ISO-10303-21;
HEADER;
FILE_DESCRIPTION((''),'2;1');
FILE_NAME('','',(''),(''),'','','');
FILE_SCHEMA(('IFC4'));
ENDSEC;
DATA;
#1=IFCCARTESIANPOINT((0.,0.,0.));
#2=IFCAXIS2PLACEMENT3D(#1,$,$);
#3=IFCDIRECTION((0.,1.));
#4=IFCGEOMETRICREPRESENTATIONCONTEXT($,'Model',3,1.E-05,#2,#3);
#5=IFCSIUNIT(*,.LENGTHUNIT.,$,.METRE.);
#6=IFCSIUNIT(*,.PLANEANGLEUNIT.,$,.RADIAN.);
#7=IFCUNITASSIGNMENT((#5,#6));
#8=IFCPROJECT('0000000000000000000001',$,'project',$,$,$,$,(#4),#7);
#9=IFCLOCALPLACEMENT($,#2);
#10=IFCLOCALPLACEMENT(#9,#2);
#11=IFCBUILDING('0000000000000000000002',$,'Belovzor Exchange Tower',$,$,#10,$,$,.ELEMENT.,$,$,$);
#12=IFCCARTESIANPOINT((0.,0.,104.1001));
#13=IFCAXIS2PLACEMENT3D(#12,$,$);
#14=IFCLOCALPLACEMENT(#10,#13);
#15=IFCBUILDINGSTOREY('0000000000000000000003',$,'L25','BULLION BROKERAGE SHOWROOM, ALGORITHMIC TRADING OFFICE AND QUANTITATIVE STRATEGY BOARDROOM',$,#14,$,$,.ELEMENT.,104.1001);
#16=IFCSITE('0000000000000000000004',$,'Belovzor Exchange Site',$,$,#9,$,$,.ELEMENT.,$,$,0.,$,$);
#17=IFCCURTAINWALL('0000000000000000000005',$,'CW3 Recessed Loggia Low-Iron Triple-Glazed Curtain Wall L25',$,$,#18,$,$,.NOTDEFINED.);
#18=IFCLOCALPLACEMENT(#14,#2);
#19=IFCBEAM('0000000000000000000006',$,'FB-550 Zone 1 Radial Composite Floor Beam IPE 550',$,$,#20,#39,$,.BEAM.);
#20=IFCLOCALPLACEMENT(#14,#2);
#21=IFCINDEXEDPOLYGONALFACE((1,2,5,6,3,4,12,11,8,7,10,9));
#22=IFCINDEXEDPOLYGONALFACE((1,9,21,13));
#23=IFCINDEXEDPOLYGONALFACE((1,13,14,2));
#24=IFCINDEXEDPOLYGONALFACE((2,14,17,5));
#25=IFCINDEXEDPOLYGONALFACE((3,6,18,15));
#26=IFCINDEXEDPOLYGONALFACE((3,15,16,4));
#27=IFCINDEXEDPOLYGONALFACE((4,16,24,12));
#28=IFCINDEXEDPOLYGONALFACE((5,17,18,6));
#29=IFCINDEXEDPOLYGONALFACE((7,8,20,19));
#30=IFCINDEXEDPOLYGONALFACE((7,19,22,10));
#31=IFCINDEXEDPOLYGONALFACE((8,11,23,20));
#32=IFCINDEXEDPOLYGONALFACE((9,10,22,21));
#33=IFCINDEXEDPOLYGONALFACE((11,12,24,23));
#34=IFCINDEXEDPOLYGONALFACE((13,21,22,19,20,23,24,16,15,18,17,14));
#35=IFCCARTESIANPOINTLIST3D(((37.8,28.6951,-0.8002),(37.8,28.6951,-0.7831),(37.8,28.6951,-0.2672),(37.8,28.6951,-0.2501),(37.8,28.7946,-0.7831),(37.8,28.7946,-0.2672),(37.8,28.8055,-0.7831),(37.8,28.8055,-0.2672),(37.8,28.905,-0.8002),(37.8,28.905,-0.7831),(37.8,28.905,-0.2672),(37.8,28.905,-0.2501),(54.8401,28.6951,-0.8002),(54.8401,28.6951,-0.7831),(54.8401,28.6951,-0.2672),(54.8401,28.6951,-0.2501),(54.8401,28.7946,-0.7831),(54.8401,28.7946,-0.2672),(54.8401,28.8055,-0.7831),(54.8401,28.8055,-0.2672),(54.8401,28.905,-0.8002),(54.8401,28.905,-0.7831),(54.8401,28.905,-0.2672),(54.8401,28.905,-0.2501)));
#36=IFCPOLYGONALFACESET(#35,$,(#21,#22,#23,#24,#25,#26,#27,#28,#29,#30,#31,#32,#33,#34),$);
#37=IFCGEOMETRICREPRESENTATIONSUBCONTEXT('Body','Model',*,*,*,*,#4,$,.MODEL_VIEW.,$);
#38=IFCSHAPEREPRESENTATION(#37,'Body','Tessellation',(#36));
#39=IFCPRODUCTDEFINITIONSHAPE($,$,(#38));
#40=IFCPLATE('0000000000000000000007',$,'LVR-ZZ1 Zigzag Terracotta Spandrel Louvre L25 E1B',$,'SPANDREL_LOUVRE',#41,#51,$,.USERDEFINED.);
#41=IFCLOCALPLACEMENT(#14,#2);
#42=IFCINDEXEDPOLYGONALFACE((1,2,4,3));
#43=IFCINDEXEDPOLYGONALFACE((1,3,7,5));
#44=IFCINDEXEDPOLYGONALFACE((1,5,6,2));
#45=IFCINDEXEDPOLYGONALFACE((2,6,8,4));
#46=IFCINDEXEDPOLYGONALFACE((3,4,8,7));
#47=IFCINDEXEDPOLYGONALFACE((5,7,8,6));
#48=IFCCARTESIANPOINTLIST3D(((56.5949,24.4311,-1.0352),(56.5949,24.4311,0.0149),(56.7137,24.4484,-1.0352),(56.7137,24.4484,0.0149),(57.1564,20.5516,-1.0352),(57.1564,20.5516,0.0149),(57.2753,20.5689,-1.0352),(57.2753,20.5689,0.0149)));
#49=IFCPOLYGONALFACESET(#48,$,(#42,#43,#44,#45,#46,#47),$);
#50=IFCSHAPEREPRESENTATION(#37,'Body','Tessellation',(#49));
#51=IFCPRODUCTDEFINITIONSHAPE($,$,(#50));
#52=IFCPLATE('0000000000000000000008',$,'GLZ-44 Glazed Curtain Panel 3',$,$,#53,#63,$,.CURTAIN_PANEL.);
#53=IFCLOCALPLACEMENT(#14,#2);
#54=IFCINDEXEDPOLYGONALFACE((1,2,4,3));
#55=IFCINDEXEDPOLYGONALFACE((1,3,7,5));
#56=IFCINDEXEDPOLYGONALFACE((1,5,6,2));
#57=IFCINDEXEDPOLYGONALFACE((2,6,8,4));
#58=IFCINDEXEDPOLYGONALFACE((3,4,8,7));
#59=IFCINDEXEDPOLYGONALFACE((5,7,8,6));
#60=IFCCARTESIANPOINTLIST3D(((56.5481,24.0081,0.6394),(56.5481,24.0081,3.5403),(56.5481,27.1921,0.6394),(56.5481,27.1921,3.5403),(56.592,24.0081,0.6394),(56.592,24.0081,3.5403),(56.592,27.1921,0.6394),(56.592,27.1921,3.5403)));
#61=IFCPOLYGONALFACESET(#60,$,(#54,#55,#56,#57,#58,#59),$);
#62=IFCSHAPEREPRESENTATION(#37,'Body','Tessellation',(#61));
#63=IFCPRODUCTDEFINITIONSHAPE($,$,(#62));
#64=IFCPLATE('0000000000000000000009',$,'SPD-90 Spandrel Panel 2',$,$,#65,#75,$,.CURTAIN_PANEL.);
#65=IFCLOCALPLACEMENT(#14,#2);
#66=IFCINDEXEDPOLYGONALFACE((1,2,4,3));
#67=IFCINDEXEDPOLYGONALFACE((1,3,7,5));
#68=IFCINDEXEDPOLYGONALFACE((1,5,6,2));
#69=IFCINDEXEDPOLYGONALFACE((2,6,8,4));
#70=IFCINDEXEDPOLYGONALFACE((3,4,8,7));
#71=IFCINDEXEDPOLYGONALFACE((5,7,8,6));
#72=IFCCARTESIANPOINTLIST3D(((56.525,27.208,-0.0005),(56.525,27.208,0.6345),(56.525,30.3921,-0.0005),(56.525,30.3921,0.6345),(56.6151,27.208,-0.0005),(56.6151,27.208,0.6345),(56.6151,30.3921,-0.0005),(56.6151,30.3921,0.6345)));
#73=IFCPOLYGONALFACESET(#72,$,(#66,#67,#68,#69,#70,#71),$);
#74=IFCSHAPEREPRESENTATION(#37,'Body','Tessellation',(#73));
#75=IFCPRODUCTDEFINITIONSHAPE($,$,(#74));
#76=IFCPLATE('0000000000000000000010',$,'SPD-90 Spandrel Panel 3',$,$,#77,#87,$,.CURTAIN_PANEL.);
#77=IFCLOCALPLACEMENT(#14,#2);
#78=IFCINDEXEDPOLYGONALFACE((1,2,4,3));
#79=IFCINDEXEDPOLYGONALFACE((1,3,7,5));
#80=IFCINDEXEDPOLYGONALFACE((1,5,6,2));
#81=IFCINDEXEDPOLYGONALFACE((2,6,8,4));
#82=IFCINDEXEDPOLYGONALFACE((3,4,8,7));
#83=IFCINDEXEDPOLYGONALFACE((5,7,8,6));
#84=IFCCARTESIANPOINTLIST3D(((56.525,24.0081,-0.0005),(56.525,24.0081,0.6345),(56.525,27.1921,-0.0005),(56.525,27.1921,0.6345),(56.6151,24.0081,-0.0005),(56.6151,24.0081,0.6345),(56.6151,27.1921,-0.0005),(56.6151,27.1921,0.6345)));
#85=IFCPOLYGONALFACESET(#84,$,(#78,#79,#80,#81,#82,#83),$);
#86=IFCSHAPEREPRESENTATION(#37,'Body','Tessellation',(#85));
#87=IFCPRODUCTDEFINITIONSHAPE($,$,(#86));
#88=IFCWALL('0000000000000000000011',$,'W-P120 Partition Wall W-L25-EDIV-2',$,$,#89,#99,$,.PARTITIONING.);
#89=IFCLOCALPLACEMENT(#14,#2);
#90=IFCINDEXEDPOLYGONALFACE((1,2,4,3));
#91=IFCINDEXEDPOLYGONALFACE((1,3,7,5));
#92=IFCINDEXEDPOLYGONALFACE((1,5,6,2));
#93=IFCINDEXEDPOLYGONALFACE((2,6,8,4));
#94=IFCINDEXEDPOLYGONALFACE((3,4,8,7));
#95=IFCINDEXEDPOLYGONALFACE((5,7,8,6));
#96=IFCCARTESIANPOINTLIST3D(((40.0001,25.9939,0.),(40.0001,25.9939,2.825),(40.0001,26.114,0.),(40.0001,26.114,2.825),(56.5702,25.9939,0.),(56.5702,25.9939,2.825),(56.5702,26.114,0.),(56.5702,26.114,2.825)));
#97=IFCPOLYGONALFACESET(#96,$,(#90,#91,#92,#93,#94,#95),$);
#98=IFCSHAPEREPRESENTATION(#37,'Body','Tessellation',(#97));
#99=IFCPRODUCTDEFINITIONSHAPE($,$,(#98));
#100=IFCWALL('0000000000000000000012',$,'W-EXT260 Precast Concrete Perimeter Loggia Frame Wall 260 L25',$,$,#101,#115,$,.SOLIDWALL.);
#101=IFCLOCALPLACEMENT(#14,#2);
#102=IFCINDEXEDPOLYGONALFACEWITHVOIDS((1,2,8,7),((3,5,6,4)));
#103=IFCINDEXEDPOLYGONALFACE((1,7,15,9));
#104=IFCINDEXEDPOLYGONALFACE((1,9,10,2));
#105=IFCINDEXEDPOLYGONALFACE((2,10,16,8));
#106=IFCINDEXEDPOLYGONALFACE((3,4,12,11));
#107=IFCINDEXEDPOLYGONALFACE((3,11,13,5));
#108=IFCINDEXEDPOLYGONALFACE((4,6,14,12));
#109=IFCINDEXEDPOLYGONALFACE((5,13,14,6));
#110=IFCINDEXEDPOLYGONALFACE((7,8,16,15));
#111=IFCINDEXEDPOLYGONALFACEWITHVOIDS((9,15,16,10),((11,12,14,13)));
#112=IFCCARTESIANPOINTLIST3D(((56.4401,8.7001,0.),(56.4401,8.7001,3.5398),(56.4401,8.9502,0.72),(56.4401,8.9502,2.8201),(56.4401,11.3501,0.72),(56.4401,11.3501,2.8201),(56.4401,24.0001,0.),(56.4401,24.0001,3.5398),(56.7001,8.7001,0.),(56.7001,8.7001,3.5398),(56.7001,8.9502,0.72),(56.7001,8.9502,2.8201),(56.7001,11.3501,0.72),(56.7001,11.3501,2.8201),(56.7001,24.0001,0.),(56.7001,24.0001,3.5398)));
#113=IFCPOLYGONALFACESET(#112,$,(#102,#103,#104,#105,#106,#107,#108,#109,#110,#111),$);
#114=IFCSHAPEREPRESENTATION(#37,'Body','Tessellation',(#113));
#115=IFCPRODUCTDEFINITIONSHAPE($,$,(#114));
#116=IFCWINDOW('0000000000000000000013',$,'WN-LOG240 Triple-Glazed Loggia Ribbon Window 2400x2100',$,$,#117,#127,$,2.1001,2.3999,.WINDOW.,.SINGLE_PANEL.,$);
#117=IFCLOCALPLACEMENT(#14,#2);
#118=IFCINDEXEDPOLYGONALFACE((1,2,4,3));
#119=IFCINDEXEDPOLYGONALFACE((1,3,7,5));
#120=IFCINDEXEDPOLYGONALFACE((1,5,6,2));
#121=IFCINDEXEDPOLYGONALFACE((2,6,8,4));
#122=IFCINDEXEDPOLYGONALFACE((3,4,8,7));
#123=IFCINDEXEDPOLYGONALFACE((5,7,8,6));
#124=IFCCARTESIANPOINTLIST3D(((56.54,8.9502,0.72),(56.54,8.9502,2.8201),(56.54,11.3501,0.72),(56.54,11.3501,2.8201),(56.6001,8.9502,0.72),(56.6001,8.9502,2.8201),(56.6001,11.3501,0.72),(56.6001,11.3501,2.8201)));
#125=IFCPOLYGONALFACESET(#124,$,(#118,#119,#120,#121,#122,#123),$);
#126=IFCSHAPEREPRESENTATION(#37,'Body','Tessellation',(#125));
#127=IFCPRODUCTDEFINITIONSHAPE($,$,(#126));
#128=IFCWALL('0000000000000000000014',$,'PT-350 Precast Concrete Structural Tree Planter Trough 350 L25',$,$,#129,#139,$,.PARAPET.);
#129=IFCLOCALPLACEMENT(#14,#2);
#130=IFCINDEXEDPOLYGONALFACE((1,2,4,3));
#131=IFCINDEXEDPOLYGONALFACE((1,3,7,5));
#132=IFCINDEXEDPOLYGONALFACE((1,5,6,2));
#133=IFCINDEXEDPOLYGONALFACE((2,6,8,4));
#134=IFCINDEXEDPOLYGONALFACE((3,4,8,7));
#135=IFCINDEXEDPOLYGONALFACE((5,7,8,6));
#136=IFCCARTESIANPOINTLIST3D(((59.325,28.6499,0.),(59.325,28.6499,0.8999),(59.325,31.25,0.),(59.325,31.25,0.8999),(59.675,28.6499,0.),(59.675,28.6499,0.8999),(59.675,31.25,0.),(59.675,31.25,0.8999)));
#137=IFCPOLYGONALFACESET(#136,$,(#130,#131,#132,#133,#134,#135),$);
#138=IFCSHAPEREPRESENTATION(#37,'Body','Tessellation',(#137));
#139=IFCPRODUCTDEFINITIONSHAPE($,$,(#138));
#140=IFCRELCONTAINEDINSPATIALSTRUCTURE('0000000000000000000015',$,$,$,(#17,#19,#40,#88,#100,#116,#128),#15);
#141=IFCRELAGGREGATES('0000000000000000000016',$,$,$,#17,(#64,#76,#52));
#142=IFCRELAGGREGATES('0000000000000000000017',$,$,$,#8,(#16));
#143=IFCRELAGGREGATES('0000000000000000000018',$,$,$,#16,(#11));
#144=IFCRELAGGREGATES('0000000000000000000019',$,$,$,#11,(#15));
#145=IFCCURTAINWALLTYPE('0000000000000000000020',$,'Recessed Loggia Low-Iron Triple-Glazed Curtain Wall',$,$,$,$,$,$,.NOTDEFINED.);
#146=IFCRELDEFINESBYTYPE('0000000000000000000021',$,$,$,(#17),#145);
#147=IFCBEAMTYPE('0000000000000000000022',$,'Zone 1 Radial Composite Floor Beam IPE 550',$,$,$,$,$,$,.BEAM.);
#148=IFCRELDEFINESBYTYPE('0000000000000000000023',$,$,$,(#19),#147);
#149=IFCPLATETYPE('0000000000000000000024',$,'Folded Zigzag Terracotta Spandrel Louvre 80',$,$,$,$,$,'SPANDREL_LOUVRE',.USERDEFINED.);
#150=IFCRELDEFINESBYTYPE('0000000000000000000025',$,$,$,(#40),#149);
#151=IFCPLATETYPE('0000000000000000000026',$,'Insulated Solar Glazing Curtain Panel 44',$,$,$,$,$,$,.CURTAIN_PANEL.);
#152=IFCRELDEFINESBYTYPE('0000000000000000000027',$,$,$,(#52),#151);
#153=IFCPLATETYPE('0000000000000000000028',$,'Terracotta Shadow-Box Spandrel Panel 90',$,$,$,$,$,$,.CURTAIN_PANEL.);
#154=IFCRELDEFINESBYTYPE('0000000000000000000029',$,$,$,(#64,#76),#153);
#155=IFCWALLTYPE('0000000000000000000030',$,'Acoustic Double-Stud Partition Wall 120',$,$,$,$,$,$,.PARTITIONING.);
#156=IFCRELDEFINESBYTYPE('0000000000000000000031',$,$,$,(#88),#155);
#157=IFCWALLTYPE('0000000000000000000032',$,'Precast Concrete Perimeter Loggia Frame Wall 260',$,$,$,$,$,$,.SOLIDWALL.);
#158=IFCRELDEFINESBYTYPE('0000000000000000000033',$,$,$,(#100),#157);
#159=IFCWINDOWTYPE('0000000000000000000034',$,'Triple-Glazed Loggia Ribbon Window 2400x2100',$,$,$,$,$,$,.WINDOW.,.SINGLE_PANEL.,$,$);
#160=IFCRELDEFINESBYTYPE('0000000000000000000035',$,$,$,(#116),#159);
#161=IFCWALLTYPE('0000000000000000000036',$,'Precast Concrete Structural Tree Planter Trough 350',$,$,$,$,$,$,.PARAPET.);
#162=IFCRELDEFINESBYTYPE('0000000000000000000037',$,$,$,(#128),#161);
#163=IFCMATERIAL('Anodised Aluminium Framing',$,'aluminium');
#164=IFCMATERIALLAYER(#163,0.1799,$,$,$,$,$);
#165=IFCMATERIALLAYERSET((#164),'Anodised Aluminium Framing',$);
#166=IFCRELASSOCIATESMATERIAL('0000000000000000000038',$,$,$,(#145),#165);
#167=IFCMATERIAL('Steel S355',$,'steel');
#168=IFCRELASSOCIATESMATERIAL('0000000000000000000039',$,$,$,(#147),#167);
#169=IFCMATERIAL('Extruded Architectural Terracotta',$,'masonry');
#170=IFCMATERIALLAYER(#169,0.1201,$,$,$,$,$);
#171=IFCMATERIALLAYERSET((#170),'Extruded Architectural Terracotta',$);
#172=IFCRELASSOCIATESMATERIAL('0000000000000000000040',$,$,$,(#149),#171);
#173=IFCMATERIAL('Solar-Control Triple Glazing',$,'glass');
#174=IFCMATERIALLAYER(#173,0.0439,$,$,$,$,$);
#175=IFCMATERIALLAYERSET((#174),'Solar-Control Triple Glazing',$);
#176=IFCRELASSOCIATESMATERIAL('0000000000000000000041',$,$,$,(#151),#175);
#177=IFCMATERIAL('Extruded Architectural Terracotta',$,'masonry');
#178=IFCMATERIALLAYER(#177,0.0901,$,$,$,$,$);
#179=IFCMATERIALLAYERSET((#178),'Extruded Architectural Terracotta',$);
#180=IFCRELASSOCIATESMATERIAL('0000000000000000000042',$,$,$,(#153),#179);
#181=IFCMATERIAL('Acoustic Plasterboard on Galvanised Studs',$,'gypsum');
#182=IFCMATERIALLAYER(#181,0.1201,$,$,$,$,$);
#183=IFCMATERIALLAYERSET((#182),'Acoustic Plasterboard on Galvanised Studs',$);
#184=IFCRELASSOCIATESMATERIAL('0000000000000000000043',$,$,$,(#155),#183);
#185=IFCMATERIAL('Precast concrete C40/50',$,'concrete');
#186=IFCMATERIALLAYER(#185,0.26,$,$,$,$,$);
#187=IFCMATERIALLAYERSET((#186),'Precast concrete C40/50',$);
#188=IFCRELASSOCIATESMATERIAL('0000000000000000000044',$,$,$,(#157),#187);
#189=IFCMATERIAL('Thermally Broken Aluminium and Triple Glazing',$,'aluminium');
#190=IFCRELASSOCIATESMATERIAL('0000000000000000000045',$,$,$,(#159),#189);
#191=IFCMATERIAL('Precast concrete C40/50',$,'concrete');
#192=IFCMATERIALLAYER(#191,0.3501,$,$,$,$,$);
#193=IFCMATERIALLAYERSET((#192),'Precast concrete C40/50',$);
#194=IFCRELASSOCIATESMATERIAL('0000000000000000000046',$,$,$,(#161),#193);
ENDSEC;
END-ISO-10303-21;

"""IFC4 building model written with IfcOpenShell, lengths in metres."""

from ifc_helpers import new_model, si_unit, direction, frame, frame_2d, origin, origin_2d, place, context, subcontext, project, spatial, rectangle, i_section, extrude, material, layer, layer_set, material_profile, profile_set, type_object, element, fill, aggregate, save


model = new_model("IFC4")

# Units and contexts
model_context = context("Model", 3, precision=1e-05, world=origin(), true_north=direction((0.0, 1.0)))
body_context = subcontext(model_context, "Body", "Model", "MODEL_VIEW")
ifc_project = project(units=[si_unit("LENGTHUNIT", "METRE"), si_unit("PLANEANGLEUNIT", "RADIAN")], contexts=[model_context])

# Site, building, storey
site_placement = place(None, origin())
site = spatial("IfcSite", under=ifc_project, at=site_placement, Name="Belovzor Exchange Site", CompositionType="ELEMENT", RefElevation=0.0)
building_placement = place(site_placement, origin())
building = spatial("IfcBuilding", under=site, at=building_placement, Name="Belovzor Exchange Tower", CompositionType="ELEMENT")
storey_placement = place(building_placement, frame((0.0, 0.0, 104.1001)))
storey = spatial("IfcBuildingStorey", under=building, at=storey_placement, Name="L25", Description="BULLION BROKERAGE SHOWROOM, ALGORITHMIC TRADING OFFICE AND QUANTITATIVE STRATEGY BOARDROOM", CompositionType="ELEMENT", Elevation=104.1001)

# Curtain wall
ifc_material_1 = material(Name="Anodised Aluminium Framing", Category="aluminium")
ifc_layer_1 = layer(ifc_material_1, 0.1799)
ifc_layer_set_1 = layer_set([ifc_layer_1], Name="Anodised Aluminium Framing")
curtain_wall_type = type_object("IfcCurtainWallType", Name="Recessed Loggia Low-Iron Triple-Glazed Curtain Wall", PredefinedType="NOTDEFINED", material=ifc_layer_set_1)
curtain_wall_placement = place(storey_placement, origin())
curtain_wall = element("IfcCurtainWall", 1, at=curtain_wall_placement, inside=storey, type_object=curtain_wall_type, Name="CW3 Recessed Loggia Low-Iron Triple-Glazed Curtain Wall L25", PredefinedType="NOTDEFINED")

# Beam
ifc_material_2 = material(Name="Steel S355", Category="steel")
ifc_material_profile_1 = material_profile(ifc_material_2, i_section(OverallWidth=0.21, OverallDepth=0.55, WebThickness=0.011, FlangeThickness=0.0171, at=origin_2d()))
ifc_profile_set_1 = profile_set([ifc_material_profile_1], Name="Steel S355")
beam_type_1 = type_object("IfcBeamType", Name="Zone 1 Radial Composite Floor Beam IPE 550", PredefinedType="BEAM", material=ifc_profile_set_1)
beam_1_placement = place(storey_placement, frame((37.8, 28.8, -0.5251), z_axis=(1.0, 0.0, 0.0), x_axis=(0.0, 1.0, 0.0)))
element("IfcBeam", 2, at=beam_1_placement, inside=storey, type_object=beam_type_1, Name="FB-550 Zone 1 Radial Composite Floor Beam IPE 550", PredefinedType="BEAM", context=body_context, shape_type="SweptSolid", body=[
    extrude(i_section(OverallWidth=0.21, OverallDepth=0.55, WebThickness=0.011, FlangeThickness=0.0171, at=origin_2d()), origin(), (0.0, 0.0, 1.0), 17.04),
])

# Plates
ifc_material_3 = material(Name="Extruded Architectural Terracotta", Category="masonry")
ifc_layer_2 = layer(ifc_material_3, 0.1201)
ifc_layer_set_2 = layer_set([ifc_layer_2], Name="Extruded Architectural Terracotta")
plate_type_1 = type_object("IfcPlateType", Name="Folded Zigzag Terracotta Spandrel Louvre 80", ElementType="SPANDREL_LOUVRE", PredefinedType="USERDEFINED", material=ifc_layer_set_2)
plate_1_placement = place(storey_placement, frame((56.9351, 22.5, -1.0352), z_axis=(0.0, 0.0, 1.0), x_axis=(-0.143251, 0.989686, 0.0)))
element("IfcPlate", 3, at=plate_1_placement, inside=storey, type_object=plate_type_1, Name="LVR-ZZ1 Zigzag Terracotta Spandrel Louvre L25 E1B", ObjectType="SPANDREL_LOUVRE", PredefinedType="USERDEFINED", context=body_context, shape_type="SweptSolid", body=[
    extrude(rectangle(XDim=3.9199, YDim=0.1201, at=origin_2d()), origin(), (0.0, 0.0, 1.0), 1.05),
])
ifc_material_4 = material(Name="Solar-Control Triple Glazing", Category="glass")
ifc_layer_3 = layer(ifc_material_4, 0.0439)
ifc_layer_set_3 = layer_set([ifc_layer_3], Name="Solar-Control Triple Glazing")
plate_type_2 = type_object("IfcPlateType", Name="Insulated Solar Glazing Curtain Panel 44", PredefinedType="CURTAIN_PANEL", material=ifc_layer_set_3)
plate_2_placement = place(storey_placement, frame((56.5701, 25.6001, 0.6394), z_axis=(0.0, 0.0, 1.0), x_axis=(0.0, -1.0, 0.0)))
plate_2 = element("IfcPlate", 4, at=plate_2_placement, type_object=plate_type_2, Name="GLZ-44 Glazed Curtain Panel 3", PredefinedType="CURTAIN_PANEL", context=body_context, shape_type="SweptSolid", body=[
    extrude(rectangle(XDim=3.1841, YDim=0.0439, at=origin_2d()), origin(), (0.0, 0.0, 1.0), 2.9009),
])
ifc_material_5 = material(Name="Extruded Architectural Terracotta", Category="masonry")
ifc_layer_4 = layer(ifc_material_5, 0.0901)
ifc_layer_set_4 = layer_set([ifc_layer_4], Name="Extruded Architectural Terracotta")
plate_type_3 = type_object("IfcPlateType", Name="Terracotta Shadow-Box Spandrel Panel 90", PredefinedType="CURTAIN_PANEL", material=ifc_layer_set_4)
plate_3_placement = place(storey_placement, frame((56.5701, 28.8, -0.0005), z_axis=(0.0, 0.0, 1.0), x_axis=(0.0, -1.0, 0.0)))
plate_3 = element("IfcPlate", 5, at=plate_3_placement, type_object=plate_type_3, Name="SPD-90 Spandrel Panel 2", PredefinedType="CURTAIN_PANEL", context=body_context, shape_type="SweptSolid", body=[
    extrude(rectangle(XDim=3.1841, YDim=0.0901, at=origin_2d()), origin(), (0.0, 0.0, 1.0), 0.635),
])
plate_4_placement = place(storey_placement, frame((56.5701, 25.6001, -0.0005), z_axis=(0.0, 0.0, 1.0), x_axis=(0.0, -1.0, 0.0)))
plate_4 = element("IfcPlate", 6, at=plate_4_placement, type_object=plate_type_3, Name="SPD-90 Spandrel Panel 3", PredefinedType="CURTAIN_PANEL", context=body_context, shape_type="SweptSolid", body=[
    extrude(rectangle(XDim=3.1841, YDim=0.0901, at=origin_2d()), origin(), (0.0, 0.0, 1.0), 0.635),
])
aggregate(curtain_wall, [plate_3, plate_4, plate_2])

# Wall
ifc_material_6 = material(Name="Acoustic Plasterboard on Galvanised Studs", Category="gypsum")
ifc_layer_5 = layer(ifc_material_6, 0.1201)
ifc_layer_set_5 = layer_set([ifc_layer_5], Name="Acoustic Plasterboard on Galvanised Studs")
wall_type_1 = type_object("IfcWallType", Name="Acoustic Double-Stud Partition Wall 120", PredefinedType="PARTITIONING", material=ifc_layer_set_5)
wall_1_placement = place(storey_placement, frame((40.0, 26.054, 0.0), z_axis=(0.0, 0.0, 1.0), x_axis=(1.0, 0.0, 0.0)))
element("IfcWall", 7, at=wall_1_placement, inside=storey, type_object=wall_type_1, Name="W-P120 Partition Wall W-L25-EDIV-2", PredefinedType="PARTITIONING", context=body_context, shape_type="SweptSolid", body=[
    extrude(rectangle(XDim=16.5701, YDim=0.1201, at=frame_2d((8.2852, 0.0))), origin(), (0.0, 0.0, 1.0), 2.825),
])

# Wall, opening, window
ifc_material_7 = material(Name="Precast concrete C40/50", Category="concrete")
ifc_layer_6 = layer(ifc_material_7, 0.26)
ifc_layer_set_6 = layer_set([ifc_layer_6], Name="Precast concrete C40/50")
wall_type_2 = type_object("IfcWallType", Name="Precast Concrete Perimeter Loggia Frame Wall 260", PredefinedType="SOLIDWALL", material=ifc_layer_set_6)
wall_2_placement = place(storey_placement, frame((56.5701, 24.0, 0.0), z_axis=(0.0, 0.0, 1.0), x_axis=(0.0, -1.0, 0.0)))
wall_2 = element("IfcWall", 8, at=wall_2_placement, inside=storey, type_object=wall_type_2, Name="W-EXT260 Precast Concrete Perimeter Loggia Frame Wall 260 L25", PredefinedType="SOLIDWALL", context=body_context, shape_type="SweptSolid", body=[
    extrude(rectangle(XDim=15.3, YDim=0.26, at=frame_2d((7.6499, 0.0))), origin(), (0.0, 0.0, 1.0), 3.5398),
])
opening_placement = place(wall_2_placement, frame((12.6499, 0.0, 0.72)))
opening = element("IfcOpeningElement", 9, at=opening_placement, cuts=wall_2, PredefinedType="OPENING", context=body_context, shape_type="SweptSolid", body=[
    extrude(rectangle(XDim=2.3999, YDim=2.1001, at=frame_2d((1.2, 1.05))), frame((0.0, 0.1399, 0.0), z_axis=(0.0, -1.0, 0.0), x_axis=(1.0, 0.0, 0.0)), (0.0, 0.0, 1.0), 0.28),
])
ifc_material_8 = material(Name="Thermally Broken Aluminium and Triple Glazing", Category="aluminium")
window_type = type_object("IfcWindowType", Name="Triple-Glazed Loggia Ribbon Window 2400x2100", PartitioningType="SINGLE_PANEL", PredefinedType="WINDOW", material=ifc_material_8)
window_placement = place(opening_placement, origin())
window = element("IfcWindow", 10, at=window_placement, inside=storey, type_object=window_type, Name="WN-LOG240 Triple-Glazed Loggia Ribbon Window 2400x2100", OverallHeight=2.1001, OverallWidth=2.3999, PartitioningType="SINGLE_PANEL", PredefinedType="WINDOW", context=body_context, shape_type="SweptSolid", body=[
    extrude(rectangle(XDim=2.3999, YDim=2.1001, at=frame_2d((1.2, 1.05))), frame((0.0, 0.03, 0.0), z_axis=(0.0, -1.0, 0.0), x_axis=(1.0, 0.0, 0.0)), (0.0, 0.0, 1.0), 0.0601),
])
fill(opening, window)

# Wall
ifc_material_9 = material(Name="Precast concrete C40/50", Category="concrete")
ifc_layer_7 = layer(ifc_material_9, 0.3501)
ifc_layer_set_7 = layer_set([ifc_layer_7], Name="Precast concrete C40/50")
wall_type_3 = type_object("IfcWallType", Name="Precast Concrete Structural Tree Planter Trough 350", PredefinedType="PARAPET", material=ifc_layer_set_7)
wall_3_placement = place(storey_placement, frame((59.5, 28.6499, 0.0), z_axis=(0.0, 0.0, 1.0), x_axis=(0.0, 1.0, 0.0)))
element("IfcWall", 11, at=wall_3_placement, inside=storey, type_object=wall_type_3, Name="PT-350 Precast Concrete Structural Tree Planter Trough 350 L25", PredefinedType="PARAPET", context=body_context, shape_type="SweptSolid", body=[
    extrude(rectangle(XDim=2.6001, YDim=0.3501, at=frame_2d((1.3, 0.0))), origin(), (0.0, 0.0, 1.0), 0.8999),
])

save(model, "model.ifc")
